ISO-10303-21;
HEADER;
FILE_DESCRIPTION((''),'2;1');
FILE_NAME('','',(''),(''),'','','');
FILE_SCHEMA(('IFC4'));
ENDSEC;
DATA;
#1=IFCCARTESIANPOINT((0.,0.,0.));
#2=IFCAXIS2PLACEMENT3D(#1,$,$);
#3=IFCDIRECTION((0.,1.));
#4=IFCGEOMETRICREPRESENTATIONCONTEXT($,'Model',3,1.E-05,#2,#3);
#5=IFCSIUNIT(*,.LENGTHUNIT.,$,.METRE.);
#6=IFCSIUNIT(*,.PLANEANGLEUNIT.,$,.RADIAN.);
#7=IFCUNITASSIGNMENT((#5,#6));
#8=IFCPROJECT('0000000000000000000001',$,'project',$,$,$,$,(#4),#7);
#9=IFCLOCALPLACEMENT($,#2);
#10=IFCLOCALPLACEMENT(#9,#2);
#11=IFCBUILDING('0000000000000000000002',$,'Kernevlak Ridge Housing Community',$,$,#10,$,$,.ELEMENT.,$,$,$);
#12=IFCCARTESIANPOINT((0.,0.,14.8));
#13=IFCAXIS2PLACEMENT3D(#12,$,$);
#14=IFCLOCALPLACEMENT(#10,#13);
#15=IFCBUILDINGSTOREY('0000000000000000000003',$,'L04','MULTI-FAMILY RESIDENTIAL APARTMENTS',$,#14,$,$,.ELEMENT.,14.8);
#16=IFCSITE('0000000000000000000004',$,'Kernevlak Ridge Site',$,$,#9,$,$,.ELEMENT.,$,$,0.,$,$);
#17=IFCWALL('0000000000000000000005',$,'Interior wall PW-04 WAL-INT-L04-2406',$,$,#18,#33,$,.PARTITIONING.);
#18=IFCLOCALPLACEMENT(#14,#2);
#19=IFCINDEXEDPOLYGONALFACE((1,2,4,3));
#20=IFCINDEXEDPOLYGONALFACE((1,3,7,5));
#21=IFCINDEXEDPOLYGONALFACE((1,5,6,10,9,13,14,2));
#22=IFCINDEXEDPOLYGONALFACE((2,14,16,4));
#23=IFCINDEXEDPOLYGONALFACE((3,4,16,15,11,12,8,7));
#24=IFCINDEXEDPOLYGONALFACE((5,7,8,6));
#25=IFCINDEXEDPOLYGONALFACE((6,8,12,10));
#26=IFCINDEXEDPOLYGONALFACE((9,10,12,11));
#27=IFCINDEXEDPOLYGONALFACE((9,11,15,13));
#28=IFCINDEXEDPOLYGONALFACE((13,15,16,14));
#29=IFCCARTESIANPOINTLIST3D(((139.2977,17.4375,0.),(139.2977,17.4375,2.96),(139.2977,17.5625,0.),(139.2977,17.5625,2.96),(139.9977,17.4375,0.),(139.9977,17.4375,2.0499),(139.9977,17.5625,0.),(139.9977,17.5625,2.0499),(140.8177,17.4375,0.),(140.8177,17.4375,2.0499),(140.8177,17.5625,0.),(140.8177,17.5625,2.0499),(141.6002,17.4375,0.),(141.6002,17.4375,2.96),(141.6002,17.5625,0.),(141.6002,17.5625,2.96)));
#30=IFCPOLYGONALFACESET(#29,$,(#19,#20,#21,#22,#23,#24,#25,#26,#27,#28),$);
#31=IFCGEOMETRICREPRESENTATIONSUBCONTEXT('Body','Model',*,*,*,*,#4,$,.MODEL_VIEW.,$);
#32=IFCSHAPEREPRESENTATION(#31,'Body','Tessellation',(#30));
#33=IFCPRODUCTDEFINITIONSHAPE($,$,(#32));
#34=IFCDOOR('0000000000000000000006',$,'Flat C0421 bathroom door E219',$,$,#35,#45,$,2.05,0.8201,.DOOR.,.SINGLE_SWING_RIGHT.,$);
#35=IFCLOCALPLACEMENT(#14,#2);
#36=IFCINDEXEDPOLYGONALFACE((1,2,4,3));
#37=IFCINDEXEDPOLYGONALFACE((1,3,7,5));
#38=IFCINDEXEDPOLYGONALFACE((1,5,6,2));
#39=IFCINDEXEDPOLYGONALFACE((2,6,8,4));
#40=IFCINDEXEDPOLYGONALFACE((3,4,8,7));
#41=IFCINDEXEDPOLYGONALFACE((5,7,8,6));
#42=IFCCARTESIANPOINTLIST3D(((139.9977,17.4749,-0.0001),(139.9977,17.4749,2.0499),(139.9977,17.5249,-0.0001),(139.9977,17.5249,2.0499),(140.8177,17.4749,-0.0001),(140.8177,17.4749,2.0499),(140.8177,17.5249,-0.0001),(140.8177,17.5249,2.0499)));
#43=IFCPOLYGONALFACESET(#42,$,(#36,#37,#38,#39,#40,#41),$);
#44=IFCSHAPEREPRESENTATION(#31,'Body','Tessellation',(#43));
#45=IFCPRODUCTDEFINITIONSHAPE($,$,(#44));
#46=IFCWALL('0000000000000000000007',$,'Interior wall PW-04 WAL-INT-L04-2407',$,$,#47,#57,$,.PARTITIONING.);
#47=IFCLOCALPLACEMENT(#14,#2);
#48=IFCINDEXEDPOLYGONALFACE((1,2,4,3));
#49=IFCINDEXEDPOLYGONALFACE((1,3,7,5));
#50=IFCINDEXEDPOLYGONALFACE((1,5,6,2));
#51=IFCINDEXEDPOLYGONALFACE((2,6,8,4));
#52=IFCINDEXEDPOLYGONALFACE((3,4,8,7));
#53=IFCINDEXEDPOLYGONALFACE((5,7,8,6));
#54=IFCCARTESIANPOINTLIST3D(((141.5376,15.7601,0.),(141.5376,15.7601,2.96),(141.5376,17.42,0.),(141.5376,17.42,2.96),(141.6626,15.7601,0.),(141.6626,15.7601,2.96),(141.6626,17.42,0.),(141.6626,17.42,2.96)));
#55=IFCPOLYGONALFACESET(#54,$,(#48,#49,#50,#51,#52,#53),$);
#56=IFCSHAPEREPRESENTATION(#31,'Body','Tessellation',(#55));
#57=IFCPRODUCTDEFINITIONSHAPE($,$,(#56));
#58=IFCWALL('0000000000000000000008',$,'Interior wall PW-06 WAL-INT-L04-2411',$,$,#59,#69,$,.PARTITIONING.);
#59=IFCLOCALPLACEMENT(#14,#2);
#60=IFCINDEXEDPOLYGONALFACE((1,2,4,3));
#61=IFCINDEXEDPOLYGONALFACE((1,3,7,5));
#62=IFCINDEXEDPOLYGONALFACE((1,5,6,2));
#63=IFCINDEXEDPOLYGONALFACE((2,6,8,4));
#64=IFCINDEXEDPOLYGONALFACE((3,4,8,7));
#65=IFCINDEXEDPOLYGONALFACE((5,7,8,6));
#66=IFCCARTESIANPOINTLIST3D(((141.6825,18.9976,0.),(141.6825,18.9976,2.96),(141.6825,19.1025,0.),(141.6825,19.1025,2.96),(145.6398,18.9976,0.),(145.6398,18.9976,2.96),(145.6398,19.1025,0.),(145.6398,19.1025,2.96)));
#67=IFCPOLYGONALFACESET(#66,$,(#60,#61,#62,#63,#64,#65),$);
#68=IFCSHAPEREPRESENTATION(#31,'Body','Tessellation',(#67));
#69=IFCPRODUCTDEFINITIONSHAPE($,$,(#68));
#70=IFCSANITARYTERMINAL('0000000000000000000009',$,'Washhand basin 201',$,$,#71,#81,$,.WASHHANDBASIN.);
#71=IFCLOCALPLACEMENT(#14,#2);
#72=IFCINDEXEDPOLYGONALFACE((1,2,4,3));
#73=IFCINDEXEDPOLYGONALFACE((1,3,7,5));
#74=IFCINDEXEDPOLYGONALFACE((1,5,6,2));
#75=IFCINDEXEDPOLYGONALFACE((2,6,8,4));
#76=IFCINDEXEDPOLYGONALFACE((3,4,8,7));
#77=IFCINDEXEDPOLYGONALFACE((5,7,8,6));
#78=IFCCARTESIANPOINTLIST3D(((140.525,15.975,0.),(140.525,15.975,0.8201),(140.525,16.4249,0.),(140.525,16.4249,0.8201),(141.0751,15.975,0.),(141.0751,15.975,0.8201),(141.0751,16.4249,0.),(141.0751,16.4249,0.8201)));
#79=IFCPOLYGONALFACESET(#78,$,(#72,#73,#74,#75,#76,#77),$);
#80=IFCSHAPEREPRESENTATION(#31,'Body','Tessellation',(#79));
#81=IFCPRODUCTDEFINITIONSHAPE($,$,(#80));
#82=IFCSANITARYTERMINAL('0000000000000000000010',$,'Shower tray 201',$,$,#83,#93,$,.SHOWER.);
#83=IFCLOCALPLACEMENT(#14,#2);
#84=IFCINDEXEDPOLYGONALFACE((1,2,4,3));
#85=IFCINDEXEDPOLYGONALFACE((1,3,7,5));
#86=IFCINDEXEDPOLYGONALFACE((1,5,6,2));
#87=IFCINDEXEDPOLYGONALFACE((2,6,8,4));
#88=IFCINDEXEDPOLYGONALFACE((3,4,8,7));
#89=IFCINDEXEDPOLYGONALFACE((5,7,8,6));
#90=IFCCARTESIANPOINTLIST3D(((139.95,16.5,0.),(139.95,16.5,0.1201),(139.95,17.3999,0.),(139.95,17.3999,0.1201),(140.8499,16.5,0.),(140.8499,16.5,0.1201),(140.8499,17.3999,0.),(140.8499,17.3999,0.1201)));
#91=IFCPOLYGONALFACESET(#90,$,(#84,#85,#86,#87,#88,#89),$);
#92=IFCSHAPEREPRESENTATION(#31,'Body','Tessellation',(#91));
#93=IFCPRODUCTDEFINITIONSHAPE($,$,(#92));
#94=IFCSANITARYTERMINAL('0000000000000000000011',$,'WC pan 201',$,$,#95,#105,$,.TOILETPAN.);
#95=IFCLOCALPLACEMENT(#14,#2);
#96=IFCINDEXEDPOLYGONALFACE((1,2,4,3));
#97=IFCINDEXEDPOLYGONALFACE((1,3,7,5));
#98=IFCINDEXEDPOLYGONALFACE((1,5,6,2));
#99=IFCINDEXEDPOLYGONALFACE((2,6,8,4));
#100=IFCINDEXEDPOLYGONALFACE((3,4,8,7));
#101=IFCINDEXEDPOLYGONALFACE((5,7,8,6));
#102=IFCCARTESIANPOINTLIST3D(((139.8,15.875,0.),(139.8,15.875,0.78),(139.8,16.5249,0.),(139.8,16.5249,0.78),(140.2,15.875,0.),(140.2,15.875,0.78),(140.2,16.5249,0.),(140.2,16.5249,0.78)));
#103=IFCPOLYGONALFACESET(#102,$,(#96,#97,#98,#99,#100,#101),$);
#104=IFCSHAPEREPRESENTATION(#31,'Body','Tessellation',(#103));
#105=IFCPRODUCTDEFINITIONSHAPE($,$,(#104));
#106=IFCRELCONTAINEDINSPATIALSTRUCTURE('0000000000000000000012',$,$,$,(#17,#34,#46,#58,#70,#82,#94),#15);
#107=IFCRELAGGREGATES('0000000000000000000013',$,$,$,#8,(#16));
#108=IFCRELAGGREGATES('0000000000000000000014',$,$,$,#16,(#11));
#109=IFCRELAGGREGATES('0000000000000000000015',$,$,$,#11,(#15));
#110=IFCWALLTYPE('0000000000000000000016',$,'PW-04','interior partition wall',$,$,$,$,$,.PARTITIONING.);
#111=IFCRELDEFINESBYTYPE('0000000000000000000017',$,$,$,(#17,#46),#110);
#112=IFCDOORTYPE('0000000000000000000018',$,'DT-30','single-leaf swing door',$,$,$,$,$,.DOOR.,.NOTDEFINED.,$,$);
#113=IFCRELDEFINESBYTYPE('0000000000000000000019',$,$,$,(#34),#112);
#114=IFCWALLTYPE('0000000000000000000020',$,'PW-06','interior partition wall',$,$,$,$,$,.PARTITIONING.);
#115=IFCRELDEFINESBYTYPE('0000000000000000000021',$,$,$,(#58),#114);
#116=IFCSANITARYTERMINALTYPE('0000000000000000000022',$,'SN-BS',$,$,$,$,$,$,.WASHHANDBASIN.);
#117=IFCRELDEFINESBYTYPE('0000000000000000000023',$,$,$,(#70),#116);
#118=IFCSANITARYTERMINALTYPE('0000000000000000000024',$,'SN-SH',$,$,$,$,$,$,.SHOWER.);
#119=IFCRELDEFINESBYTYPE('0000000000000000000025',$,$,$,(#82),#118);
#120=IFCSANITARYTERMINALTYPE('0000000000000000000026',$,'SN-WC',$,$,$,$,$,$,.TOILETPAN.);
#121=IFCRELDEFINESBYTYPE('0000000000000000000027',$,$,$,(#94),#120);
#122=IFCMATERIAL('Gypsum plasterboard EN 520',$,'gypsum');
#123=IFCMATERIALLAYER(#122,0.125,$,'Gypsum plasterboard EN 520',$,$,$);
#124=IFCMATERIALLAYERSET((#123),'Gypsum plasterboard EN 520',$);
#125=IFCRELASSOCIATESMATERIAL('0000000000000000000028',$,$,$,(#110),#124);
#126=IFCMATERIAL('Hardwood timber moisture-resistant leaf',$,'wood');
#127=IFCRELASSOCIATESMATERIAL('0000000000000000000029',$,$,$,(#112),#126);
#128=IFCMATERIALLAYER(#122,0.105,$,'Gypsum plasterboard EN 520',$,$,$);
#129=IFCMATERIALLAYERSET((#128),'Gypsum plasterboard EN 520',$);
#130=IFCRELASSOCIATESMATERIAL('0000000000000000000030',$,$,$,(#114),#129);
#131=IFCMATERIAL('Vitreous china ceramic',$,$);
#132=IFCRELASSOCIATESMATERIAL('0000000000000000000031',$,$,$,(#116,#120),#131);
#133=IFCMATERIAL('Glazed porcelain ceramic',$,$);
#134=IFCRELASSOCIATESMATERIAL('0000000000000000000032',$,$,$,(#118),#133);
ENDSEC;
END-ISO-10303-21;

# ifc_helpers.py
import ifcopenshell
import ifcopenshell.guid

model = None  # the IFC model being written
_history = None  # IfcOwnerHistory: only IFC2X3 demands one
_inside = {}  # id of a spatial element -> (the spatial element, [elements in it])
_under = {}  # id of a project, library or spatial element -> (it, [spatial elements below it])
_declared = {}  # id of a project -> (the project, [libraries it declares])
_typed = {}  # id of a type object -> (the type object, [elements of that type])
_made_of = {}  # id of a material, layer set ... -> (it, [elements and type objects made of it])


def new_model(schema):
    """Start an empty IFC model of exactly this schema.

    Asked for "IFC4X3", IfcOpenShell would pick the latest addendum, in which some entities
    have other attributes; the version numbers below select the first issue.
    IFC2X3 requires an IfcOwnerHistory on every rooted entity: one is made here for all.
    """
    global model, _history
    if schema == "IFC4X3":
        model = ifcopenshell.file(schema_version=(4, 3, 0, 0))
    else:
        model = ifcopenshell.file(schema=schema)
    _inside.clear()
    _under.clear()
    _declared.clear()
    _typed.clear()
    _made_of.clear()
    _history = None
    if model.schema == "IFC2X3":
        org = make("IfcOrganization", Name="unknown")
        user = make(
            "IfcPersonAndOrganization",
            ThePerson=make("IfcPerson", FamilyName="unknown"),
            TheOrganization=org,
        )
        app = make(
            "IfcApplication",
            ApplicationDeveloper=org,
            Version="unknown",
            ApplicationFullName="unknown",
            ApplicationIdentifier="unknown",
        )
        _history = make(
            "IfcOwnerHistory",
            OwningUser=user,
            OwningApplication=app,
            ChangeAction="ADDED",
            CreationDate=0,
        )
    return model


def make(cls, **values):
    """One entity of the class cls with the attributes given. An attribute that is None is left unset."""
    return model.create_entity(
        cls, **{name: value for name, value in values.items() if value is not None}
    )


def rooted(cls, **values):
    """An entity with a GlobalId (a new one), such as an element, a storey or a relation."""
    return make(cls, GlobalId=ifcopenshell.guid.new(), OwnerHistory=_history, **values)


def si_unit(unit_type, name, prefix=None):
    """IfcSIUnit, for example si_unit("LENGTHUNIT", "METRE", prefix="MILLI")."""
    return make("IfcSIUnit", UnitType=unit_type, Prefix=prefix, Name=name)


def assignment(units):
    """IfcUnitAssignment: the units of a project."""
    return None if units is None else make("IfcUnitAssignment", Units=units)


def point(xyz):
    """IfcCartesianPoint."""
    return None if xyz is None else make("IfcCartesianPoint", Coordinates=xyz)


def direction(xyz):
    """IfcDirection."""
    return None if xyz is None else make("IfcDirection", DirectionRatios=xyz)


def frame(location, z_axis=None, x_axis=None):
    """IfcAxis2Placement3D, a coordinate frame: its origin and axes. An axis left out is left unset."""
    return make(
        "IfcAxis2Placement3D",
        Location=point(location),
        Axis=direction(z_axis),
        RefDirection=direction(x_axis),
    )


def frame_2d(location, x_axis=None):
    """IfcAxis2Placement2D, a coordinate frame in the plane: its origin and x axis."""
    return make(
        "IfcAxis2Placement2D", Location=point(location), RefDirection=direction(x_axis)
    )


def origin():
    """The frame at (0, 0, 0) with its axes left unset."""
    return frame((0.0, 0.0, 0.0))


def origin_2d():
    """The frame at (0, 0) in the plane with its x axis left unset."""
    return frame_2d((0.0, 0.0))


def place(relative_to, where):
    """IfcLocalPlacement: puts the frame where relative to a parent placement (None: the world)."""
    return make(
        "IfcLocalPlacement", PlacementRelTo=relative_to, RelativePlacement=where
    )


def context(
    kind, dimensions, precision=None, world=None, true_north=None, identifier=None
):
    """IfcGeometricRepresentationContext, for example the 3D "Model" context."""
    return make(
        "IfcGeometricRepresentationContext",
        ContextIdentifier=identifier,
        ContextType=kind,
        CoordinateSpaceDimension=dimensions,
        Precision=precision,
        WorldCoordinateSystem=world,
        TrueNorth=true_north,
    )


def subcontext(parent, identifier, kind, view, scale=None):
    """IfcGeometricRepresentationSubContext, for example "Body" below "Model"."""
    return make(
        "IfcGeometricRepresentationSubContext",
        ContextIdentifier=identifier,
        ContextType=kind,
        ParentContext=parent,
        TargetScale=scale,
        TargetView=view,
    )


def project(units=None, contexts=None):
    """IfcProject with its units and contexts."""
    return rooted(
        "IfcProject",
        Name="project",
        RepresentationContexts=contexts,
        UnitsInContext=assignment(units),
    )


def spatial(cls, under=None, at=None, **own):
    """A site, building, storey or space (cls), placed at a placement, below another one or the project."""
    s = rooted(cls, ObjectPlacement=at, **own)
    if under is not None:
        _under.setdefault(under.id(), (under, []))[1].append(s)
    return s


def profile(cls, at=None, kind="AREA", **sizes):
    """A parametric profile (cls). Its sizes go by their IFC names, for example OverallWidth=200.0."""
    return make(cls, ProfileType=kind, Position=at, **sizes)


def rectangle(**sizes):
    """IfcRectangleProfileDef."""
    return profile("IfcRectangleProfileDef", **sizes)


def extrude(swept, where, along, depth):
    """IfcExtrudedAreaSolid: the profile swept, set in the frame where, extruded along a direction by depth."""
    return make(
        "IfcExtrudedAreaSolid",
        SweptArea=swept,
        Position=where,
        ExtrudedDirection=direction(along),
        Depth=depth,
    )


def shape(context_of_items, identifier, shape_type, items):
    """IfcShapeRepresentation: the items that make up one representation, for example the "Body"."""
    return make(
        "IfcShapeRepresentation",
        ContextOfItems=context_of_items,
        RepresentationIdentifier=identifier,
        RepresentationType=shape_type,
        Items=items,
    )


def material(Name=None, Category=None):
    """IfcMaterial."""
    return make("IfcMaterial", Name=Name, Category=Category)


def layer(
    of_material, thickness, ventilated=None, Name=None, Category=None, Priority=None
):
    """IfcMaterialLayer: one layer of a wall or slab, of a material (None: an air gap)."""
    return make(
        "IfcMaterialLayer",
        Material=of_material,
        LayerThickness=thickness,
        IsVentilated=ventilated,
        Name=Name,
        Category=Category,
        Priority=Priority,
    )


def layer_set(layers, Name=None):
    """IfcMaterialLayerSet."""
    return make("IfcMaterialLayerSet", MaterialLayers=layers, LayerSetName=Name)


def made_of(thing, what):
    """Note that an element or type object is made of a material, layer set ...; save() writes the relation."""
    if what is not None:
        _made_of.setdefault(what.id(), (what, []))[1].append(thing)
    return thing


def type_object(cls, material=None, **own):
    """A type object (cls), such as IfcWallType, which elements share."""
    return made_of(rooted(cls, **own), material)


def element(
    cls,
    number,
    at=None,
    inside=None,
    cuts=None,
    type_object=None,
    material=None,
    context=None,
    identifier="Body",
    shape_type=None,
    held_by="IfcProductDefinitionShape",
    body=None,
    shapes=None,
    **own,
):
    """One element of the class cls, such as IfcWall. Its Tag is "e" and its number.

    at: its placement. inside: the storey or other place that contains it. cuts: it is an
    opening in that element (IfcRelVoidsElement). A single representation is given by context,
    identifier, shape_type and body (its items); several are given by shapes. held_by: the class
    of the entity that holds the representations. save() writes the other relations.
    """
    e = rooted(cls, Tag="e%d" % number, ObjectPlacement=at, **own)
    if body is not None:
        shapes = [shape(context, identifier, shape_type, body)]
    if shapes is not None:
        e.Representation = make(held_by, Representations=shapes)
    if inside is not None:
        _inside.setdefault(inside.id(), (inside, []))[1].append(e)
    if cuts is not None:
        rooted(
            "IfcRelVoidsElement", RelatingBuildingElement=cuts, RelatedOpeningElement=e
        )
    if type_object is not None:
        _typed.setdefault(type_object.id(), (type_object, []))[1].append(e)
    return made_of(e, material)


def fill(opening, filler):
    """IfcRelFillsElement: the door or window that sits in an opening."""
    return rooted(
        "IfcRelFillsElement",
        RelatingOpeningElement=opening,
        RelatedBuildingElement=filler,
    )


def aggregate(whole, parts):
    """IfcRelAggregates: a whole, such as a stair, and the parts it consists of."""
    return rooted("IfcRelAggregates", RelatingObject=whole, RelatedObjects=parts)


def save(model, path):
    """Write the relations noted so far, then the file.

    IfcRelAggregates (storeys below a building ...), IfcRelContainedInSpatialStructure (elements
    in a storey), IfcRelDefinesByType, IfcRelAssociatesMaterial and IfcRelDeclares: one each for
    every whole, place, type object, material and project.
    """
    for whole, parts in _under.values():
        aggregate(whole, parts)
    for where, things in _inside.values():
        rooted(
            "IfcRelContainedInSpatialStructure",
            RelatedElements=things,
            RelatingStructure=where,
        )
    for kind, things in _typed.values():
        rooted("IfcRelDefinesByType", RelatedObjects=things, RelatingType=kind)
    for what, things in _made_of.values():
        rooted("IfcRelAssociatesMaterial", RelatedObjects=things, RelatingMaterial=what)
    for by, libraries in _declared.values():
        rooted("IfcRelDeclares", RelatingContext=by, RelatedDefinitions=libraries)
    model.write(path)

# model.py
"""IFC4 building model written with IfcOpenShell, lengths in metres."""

from ifc_helpers import new_model, si_unit, direction, frame, frame_2d, origin, origin_2d, place, context, subcontext, project, spatial, rectangle, extrude, material, layer, layer_set, type_object, element, fill, save


model = new_model("IFC4")

# Units and contexts
model_context = context("Model", 3, precision=1e-05, world=origin(), true_north=direction((0.0, 1.0)))
body_context = subcontext(model_context, "Body", "Model", "MODEL_VIEW")
ifc_project = project(units=[si_unit("LENGTHUNIT", "METRE"), si_unit("PLANEANGLEUNIT", "RADIAN")], contexts=[model_context])

# Site, building, storey
site_placement = place(None, origin())
site = spatial("IfcSite", under=ifc_project, at=site_placement, Name="Kernevlak Ridge Site", CompositionType="ELEMENT", RefElevation=0.0)
building_placement = place(site_placement, origin())
building = spatial("IfcBuilding", under=site, at=building_placement, Name="Kernevlak Ridge Housing Community", CompositionType="ELEMENT")
storey_placement = place(building_placement, frame((0.0, 0.0, 14.8)))
storey = spatial("IfcBuildingStorey", under=building, at=storey_placement, Name="L04", Description="MULTI-FAMILY RESIDENTIAL APARTMENTS", CompositionType="ELEMENT", Elevation=14.8)

# Wall, opening, door
ifc_material_1 = material(Name="Gypsum plasterboard EN 520", Category="gypsum")
ifc_layer_1 = layer(ifc_material_1, 0.125, Name="Gypsum plasterboard EN 520")
ifc_layer_set_1 = layer_set([ifc_layer_1], Name="Gypsum plasterboard EN 520")
wall_type_1 = type_object("IfcWallType", Name="PW-04", Description="interior partition wall", PredefinedType="PARTITIONING", material=ifc_layer_set_1)
wall_1_placement = place(storey_placement, frame((139.2976, 17.5, 0.0), z_axis=(0.0, 0.0, 1.0), x_axis=(1.0, 0.0, 0.0)))
wall_1 = element("IfcWall", 1, at=wall_1_placement, inside=storey, type_object=wall_type_1, Name="Interior wall PW-04 WAL-INT-L04-2406", PredefinedType="PARTITIONING", context=body_context, shape_type="SweptSolid", body=[
    extrude(rectangle(XDim=2.3025, YDim=0.125, at=frame_2d((1.1514, 0.0))), origin(), (0.0, 0.0, 1.0), 2.96),
])
opening_1_placement = place(wall_1_placement, frame((0.7, 0.0, 0.0)))
opening_1 = element("IfcOpeningElement", 2, at=opening_1_placement, cuts=wall_1, PredefinedType="OPENING", context=body_context, shape_type="SweptSolid", body=[
    extrude(rectangle(XDim=0.8201, YDim=2.05, at=frame_2d((0.4102, 1.0249))), frame((0.0, 0.0725, 0.0), z_axis=(0.0, -1.0, 0.0), x_axis=(1.0, 0.0, 0.0)), (0.0, 0.0, 1.0), 0.145),
])
ifc_material_2 = material(Name="Hardwood timber moisture-resistant leaf", Category="wood")
door_type_1 = type_object("IfcDoorType", Name="DT-30", Description="single-leaf swing door", OperationType="NOTDEFINED", PredefinedType="DOOR", material=ifc_material_2)
door_1_placement = place(opening_1_placement, origin())
door_1 = element("IfcDoor", 3, at=door_1_placement, inside=storey, type_object=door_type_1, Name="Flat C0421 bathroom door E219", OperationType="SINGLE_SWING_RIGHT", OverallHeight=2.05, OverallWidth=0.8201, PredefinedType="DOOR", context=body_context, shape_type="SweptSolid", body=[
    extrude(rectangle(XDim=0.8201, YDim=2.05, at=frame_2d((0.4102, 1.0249))), frame((0.0, 0.0249, 0.0), z_axis=(0.0, -1.0, 0.0), x_axis=(1.0, 0.0, 0.0)), (0.0, 0.0, 1.0), 0.05),
])
fill(opening_1, door_1)

# Walls
wall_2_placement = place(storey_placement, frame((141.6001, 15.76, 0.0), z_axis=(0.0, 0.0, 1.0), x_axis=(0.0, 1.0, 0.0)))
element("IfcWall", 4, at=wall_2_placement, inside=storey, type_object=wall_type_1, Name="Interior wall PW-04 WAL-INT-L04-2407", PredefinedType="PARTITIONING", context=body_context, shape_type="SweptSolid", body=[
    extrude(rectangle(XDim=1.6599, YDim=0.125, at=frame_2d((0.8301, 0.0))), origin(), (0.0, 0.0, 1.0), 2.96),
])
ifc_layer_2 = layer(ifc_material_1, 0.105, Name="Gypsum plasterboard EN 520")
ifc_layer_set_2 = layer_set([ifc_layer_2], Name="Gypsum plasterboard EN 520")
wall_type_2 = type_object("IfcWallType", Name="PW-06", Description="interior partition wall", PredefinedType="PARTITIONING", material=ifc_layer_set_2)
wall_3_placement = place(storey_placement, frame((141.6826, 19.05, 0.0), z_axis=(0.0, 0.0, 1.0), x_axis=(1.0, 0.0, 0.0)))
element("IfcWall", 5, at=wall_3_placement, inside=storey, type_object=wall_type_2, Name="Interior wall PW-06 WAL-INT-L04-2411", PredefinedType="PARTITIONING", context=body_context, shape_type="SweptSolid", body=[
    extrude(rectangle(XDim=3.9573, YDim=0.105, at=frame_2d((1.9785, 0.0))), origin(), (0.0, 0.0, 1.0), 2.96),
])

# Sanitary terminals
ifc_material_3 = material(Name="Vitreous china ceramic")
sanitary_terminal_type_1 = type_object("IfcSanitaryTerminalType", Name="SN-BS", PredefinedType="WASHHANDBASIN", material=ifc_material_3)
sanitary_terminal_1_placement = place(storey_placement, frame((140.8, 16.2, 0.0), z_axis=(0.0, 0.0, 1.0), x_axis=(1.0, 0.0, 0.0)))
element("IfcSanitaryTerminal", 6, at=sanitary_terminal_1_placement, inside=storey, type_object=sanitary_terminal_type_1, Name="Washhand basin 201", PredefinedType="WASHHANDBASIN", context=body_context, shape_type="SweptSolid", body=[
    extrude(rectangle(XDim=0.55, YDim=0.45, at=origin_2d()), origin(), (0.0, 0.0, 1.0), 0.8201),
])
ifc_material_4 = material(Name="Glazed porcelain ceramic")
sanitary_terminal_type_2 = type_object("IfcSanitaryTerminalType", Name="SN-SH", PredefinedType="SHOWER", material=ifc_material_4)
sanitary_terminal_2_placement = place(storey_placement, frame((140.3999, 16.95, 0.0), z_axis=(0.0, 0.0, 1.0), x_axis=(1.0, 0.0, 0.0)))
element("IfcSanitaryTerminal", 7, at=sanitary_terminal_2_placement, inside=storey, type_object=sanitary_terminal_type_2, Name="Shower tray 201", PredefinedType="SHOWER", context=body_context, shape_type="SweptSolid", body=[
    extrude(rectangle(XDim=0.8999, YDim=0.8999, at=origin_2d()), origin(), (0.0, 0.0, 1.0), 0.1201),
])
sanitary_terminal_type_3 = type_object("IfcSanitaryTerminalType", Name="SN-WC", PredefinedType="TOILETPAN", material=ifc_material_3)
sanitary_terminal_3_placement = place(storey_placement, frame((140.0, 16.2, 0.0), z_axis=(0.0, 0.0, 1.0), x_axis=(1.0, 0.0, 0.0)))
element("IfcSanitaryTerminal", 8, at=sanitary_terminal_3_placement, inside=storey, type_object=sanitary_terminal_type_3, Name="WC pan 201", PredefinedType="TOILETPAN", context=body_context, shape_type="SweptSolid", body=[
    extrude(rectangle(XDim=0.3999, YDim=0.6499, at=origin_2d()), origin(), (0.0, 0.0, 1.0), 0.78),
])

save(model, "model.ifc")
